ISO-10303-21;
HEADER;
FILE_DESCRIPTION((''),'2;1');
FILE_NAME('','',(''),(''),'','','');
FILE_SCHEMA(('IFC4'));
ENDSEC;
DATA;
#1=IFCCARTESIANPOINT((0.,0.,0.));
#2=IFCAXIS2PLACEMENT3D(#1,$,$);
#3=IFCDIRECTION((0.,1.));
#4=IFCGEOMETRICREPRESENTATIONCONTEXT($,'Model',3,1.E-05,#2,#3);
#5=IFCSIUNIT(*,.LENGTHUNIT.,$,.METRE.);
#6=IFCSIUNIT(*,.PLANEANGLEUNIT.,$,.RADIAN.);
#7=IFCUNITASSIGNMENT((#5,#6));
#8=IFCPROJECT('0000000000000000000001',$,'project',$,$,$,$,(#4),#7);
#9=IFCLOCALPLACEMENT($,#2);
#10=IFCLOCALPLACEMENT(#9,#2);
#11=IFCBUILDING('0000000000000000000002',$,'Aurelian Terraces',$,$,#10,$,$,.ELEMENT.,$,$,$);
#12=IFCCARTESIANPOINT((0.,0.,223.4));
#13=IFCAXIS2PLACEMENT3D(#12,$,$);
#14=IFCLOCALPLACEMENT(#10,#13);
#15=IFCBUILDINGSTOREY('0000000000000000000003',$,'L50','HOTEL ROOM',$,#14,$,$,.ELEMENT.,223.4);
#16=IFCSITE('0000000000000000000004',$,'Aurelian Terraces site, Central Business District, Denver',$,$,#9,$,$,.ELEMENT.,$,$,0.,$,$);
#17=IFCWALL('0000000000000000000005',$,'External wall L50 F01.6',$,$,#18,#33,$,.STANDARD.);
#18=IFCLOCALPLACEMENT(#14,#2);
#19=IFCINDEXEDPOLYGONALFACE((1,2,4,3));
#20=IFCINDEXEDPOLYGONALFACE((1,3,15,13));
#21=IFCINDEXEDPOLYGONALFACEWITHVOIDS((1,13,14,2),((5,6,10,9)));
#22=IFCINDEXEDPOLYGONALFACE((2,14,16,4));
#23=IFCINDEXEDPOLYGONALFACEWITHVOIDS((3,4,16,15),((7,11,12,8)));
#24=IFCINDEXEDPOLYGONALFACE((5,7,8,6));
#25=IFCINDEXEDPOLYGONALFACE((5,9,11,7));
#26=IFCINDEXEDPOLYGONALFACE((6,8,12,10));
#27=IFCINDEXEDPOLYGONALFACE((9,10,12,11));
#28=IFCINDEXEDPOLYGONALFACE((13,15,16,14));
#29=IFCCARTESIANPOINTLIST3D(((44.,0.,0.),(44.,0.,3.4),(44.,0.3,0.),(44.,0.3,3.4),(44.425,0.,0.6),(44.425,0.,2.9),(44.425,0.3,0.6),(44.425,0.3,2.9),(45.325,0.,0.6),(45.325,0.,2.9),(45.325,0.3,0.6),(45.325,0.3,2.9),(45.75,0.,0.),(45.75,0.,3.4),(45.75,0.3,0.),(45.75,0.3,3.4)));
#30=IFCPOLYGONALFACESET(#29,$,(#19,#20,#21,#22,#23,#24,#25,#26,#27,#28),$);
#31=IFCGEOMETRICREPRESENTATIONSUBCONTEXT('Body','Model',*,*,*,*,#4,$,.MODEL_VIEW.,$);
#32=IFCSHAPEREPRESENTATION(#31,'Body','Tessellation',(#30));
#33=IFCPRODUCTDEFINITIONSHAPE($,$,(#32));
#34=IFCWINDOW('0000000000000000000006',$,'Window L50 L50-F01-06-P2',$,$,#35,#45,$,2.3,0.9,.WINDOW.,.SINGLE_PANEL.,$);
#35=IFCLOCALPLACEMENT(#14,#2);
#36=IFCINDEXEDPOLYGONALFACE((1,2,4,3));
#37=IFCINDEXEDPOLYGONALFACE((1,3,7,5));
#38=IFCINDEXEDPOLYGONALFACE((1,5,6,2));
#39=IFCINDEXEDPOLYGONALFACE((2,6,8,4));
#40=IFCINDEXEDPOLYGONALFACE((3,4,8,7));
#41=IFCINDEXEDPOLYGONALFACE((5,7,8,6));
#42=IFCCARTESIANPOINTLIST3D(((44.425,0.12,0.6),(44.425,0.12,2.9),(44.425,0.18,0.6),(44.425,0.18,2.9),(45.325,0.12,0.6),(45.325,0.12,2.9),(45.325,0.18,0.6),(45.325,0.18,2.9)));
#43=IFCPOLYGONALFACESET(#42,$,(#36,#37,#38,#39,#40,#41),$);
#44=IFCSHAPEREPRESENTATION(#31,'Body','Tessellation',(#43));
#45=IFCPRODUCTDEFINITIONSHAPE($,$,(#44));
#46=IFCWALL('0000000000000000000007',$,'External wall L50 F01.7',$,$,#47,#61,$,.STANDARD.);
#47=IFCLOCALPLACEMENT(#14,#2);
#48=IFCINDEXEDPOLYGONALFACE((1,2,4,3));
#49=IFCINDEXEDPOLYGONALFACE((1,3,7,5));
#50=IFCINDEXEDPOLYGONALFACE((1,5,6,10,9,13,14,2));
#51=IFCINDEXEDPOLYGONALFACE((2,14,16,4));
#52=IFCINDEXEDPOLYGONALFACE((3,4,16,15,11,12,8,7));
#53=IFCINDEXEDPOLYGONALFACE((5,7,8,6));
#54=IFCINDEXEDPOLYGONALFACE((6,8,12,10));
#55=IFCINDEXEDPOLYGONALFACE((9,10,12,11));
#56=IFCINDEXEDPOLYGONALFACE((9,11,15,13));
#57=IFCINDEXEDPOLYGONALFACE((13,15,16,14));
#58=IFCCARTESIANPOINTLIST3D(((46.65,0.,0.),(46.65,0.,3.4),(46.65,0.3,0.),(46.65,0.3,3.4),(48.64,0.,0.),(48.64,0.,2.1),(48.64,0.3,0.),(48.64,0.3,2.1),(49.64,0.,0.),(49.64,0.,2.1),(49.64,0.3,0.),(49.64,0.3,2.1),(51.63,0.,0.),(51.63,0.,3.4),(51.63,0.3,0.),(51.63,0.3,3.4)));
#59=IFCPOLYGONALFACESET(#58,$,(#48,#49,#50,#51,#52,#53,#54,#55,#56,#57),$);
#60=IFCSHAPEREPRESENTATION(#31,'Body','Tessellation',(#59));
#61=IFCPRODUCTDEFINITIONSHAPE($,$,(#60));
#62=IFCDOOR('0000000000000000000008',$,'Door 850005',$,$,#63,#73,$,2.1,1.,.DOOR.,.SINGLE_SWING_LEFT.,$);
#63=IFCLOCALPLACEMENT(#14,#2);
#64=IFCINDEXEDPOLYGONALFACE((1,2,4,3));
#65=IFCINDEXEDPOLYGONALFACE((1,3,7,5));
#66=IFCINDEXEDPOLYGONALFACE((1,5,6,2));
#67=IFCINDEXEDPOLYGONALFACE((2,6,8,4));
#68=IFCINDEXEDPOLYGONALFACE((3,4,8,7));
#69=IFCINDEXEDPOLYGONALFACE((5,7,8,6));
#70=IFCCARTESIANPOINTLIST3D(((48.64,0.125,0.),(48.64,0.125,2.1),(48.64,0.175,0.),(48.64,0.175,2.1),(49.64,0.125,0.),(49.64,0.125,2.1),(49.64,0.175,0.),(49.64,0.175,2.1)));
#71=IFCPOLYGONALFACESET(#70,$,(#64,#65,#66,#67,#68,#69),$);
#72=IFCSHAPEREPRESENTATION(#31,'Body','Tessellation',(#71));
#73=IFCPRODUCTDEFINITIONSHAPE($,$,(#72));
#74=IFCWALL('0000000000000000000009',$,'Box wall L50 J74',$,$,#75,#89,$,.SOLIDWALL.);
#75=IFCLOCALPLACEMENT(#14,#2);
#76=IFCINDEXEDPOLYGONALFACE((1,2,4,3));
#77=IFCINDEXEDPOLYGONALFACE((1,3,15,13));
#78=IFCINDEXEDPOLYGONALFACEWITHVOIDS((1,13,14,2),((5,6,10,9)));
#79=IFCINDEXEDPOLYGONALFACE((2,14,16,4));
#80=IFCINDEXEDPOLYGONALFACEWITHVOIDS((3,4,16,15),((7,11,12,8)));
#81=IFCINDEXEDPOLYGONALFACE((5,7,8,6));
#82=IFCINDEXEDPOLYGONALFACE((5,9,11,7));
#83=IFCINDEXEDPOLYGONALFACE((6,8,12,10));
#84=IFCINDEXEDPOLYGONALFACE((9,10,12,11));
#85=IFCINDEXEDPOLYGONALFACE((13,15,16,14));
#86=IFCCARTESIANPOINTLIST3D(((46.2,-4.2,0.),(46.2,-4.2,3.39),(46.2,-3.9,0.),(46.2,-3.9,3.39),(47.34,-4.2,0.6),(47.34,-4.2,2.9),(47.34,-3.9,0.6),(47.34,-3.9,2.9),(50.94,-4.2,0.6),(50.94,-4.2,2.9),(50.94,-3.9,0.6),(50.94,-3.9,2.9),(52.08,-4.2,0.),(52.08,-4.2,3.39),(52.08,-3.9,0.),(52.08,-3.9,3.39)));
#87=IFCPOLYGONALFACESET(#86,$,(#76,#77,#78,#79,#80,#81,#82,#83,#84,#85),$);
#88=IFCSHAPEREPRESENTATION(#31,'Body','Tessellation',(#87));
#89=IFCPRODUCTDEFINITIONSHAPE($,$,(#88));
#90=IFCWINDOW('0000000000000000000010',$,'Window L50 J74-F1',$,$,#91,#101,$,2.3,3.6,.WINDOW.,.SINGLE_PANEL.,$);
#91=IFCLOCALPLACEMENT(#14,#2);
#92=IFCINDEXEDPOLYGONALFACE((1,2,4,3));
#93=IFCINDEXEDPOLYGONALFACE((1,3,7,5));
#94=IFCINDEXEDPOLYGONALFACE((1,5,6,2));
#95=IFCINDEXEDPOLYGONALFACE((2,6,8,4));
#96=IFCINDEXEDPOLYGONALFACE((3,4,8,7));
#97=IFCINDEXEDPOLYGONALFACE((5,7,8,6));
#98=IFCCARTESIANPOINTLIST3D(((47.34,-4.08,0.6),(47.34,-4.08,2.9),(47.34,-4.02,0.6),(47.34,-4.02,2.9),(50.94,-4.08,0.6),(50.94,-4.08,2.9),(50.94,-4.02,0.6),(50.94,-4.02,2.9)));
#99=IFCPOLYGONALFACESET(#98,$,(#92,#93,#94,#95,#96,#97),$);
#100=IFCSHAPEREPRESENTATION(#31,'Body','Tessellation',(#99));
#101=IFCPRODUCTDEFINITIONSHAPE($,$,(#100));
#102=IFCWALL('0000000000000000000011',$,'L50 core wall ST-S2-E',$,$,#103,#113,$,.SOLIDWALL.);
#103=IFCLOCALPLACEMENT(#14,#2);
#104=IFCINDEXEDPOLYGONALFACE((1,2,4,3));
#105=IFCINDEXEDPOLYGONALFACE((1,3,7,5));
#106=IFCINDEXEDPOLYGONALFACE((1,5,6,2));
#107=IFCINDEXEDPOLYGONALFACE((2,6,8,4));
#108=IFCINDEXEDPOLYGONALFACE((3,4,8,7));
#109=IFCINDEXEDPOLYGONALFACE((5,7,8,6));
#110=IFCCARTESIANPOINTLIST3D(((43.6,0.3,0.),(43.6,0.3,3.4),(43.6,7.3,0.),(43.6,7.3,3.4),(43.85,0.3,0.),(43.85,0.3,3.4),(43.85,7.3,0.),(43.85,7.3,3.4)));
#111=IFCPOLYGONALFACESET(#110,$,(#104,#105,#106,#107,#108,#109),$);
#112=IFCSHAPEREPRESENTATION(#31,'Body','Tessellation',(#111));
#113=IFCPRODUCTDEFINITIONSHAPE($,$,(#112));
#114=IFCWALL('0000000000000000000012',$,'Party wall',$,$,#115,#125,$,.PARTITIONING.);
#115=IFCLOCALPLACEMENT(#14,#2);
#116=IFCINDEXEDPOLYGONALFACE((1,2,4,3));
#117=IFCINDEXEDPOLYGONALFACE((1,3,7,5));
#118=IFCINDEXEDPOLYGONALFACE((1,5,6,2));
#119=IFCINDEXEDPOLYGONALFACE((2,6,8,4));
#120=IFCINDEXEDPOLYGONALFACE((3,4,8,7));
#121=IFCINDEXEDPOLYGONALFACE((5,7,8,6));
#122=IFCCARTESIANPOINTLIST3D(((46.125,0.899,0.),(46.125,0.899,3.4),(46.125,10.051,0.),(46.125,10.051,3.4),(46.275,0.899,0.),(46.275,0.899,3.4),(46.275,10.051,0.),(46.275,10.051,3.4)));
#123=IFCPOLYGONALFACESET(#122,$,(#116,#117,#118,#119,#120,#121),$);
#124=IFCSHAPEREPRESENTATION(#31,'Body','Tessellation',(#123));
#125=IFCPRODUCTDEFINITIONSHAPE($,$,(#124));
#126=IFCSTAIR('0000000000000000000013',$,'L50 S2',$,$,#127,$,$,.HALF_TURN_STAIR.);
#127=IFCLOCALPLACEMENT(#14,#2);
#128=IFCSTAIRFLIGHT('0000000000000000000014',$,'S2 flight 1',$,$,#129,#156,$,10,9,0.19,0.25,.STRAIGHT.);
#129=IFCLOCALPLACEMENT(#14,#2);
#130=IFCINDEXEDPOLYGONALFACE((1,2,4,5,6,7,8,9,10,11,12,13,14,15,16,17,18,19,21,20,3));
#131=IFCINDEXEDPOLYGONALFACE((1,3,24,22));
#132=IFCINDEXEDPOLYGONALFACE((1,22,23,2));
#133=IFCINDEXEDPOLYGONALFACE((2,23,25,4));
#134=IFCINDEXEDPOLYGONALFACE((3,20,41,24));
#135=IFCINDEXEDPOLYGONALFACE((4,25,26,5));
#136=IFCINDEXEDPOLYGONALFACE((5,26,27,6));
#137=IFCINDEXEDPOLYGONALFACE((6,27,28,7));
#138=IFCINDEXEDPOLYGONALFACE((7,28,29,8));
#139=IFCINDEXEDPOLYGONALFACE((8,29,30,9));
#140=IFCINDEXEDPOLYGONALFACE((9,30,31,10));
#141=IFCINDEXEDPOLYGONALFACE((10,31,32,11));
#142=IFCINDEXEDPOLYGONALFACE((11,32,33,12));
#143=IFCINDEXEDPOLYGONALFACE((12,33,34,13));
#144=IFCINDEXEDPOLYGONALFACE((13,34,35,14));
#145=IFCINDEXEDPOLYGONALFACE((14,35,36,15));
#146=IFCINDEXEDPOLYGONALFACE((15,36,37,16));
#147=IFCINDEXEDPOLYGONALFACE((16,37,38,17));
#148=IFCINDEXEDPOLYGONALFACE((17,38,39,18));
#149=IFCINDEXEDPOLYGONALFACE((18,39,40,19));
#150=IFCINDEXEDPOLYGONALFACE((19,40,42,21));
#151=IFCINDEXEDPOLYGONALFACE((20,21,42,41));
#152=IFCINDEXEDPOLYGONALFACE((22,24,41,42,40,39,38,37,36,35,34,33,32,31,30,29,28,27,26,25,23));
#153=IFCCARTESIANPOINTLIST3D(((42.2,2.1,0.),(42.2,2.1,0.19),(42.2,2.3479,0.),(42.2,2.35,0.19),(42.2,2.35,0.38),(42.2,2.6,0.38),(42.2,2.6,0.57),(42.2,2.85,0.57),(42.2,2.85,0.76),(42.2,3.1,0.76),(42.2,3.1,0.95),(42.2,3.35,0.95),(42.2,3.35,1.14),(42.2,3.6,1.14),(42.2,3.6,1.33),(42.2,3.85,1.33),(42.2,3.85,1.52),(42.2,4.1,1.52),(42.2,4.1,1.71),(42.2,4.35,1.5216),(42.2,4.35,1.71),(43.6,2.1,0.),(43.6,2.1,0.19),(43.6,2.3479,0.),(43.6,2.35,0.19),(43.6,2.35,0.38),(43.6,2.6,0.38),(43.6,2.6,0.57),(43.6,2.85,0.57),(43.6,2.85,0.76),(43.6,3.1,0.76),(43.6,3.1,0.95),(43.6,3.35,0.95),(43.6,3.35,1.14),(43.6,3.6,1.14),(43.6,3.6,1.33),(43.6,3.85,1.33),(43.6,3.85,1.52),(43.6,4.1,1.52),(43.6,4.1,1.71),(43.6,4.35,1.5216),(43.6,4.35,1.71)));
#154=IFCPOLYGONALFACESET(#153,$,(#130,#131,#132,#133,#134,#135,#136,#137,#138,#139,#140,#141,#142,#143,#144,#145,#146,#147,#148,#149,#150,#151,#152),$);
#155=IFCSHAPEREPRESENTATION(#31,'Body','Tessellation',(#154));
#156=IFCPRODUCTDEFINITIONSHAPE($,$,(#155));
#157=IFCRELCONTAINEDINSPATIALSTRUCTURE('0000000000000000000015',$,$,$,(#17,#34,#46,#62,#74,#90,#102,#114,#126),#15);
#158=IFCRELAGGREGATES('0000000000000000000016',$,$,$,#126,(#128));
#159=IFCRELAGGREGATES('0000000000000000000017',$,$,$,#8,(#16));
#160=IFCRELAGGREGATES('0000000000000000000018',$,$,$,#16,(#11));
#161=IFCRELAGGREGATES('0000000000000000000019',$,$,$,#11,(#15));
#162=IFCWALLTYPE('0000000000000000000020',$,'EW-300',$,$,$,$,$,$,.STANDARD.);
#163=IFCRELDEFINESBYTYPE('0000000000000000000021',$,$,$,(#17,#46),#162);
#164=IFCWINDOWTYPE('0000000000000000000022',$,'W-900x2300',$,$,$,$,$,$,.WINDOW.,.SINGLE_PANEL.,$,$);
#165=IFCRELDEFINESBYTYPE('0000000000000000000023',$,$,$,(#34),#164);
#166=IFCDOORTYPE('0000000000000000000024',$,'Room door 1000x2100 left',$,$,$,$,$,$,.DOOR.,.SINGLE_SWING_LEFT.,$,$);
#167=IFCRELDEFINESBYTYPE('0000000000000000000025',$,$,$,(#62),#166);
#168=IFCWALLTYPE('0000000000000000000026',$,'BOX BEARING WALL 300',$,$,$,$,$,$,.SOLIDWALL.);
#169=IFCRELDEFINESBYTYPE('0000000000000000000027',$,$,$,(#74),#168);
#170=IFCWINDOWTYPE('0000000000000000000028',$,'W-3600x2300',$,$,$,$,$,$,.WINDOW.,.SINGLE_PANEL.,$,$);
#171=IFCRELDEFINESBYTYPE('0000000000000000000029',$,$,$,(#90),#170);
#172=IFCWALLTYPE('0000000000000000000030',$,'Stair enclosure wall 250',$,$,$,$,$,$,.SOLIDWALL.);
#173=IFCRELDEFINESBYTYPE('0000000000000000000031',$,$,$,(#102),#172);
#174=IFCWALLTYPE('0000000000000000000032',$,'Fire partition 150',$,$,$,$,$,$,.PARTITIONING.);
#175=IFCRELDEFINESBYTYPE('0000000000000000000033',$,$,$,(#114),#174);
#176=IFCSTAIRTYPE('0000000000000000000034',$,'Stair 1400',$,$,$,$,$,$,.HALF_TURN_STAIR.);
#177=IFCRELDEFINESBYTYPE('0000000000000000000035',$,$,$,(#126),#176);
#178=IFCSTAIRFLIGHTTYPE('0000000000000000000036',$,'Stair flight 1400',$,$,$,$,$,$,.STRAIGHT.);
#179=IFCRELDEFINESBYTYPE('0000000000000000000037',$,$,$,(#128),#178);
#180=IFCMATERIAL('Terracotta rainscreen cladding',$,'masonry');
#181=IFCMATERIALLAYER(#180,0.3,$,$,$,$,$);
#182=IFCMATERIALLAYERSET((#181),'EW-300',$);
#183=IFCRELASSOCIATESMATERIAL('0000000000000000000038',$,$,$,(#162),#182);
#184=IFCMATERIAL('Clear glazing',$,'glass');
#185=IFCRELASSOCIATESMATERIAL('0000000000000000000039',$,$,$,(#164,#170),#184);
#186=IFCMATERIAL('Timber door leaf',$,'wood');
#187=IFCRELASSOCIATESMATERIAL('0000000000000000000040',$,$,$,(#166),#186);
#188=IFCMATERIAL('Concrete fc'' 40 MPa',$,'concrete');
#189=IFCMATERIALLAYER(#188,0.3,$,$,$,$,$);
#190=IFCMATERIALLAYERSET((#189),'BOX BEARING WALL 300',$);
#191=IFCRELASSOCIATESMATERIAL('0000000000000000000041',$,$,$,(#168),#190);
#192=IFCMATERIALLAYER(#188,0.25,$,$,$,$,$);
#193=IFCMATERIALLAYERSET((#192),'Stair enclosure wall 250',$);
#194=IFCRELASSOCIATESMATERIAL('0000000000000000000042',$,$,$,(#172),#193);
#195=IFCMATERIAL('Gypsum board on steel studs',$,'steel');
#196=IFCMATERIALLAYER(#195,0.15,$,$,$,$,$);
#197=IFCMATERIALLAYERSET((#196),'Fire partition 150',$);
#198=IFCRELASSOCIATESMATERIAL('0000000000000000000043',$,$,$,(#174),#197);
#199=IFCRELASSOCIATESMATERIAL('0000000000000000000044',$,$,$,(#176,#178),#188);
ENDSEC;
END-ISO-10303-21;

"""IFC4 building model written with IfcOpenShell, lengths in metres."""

from ifc_helpers import new_model, si_unit, direction, frame, frame_2d, origin, place, context, subcontext, project, spatial, polyline, rectangle, outline, extrude, source, transform, mapped, material, layer, layer_set, type_object, element, fill, aggregate, save


model = new_model("IFC4")

# Units and contexts
model_context = context("Model", 3, precision=1e-05, world=origin(), true_north=direction((0.0, 1.0)))
body_context = subcontext(model_context, "Body", "Model", "MODEL_VIEW")
ifc_project = project(units=[si_unit("LENGTHUNIT", "METRE"), si_unit("PLANEANGLEUNIT", "RADIAN")], contexts=[model_context])

# Site, building, storey
site_placement = place(None, origin())
site = spatial("IfcSite", under=ifc_project, at=site_placement, Name="Aurelian Terraces site, Central Business District, Denver", CompositionType="ELEMENT", RefElevation=0.0)
building_placement = place(site_placement, origin())
building = spatial("IfcBuilding", under=site, at=building_placement, Name="Aurelian Terraces", CompositionType="ELEMENT")
storey_placement = place(building_placement, frame((0.0, 0.0, 223.4)))
storey = spatial("IfcBuildingStorey", under=building, at=storey_placement, Name="L50", Description="HOTEL ROOM", CompositionType="ELEMENT", Elevation=223.4)

# Wall, opening, window
ifc_material_1 = material(Name="Terracotta rainscreen cladding", Category="masonry")
ifc_layer_1 = layer(ifc_material_1, 0.3)
ifc_layer_set_1 = layer_set([ifc_layer_1], Name="EW-300")
wall_type_1 = type_object("IfcWallType", Name="EW-300", PredefinedType="STANDARD", material=ifc_layer_set_1)
ifc_material_2 = material(Name="Clear glazing", Category="glass")
ifc_material_3 = material(Name="Concrete fc' 40 MPa", Category="concrete")
shared_shape_1 = source(origin(), body_context, "Body", "SweptSolid", [
    extrude(rectangle(XDim=1.75, YDim=0.3, at=frame_2d((0.875, 0.0))), origin(), (0.0, 0.0, 1.0), 3.4),
])
wall_1_placement = place(storey_placement, frame((44.0, 0.15, 0.0), z_axis=(0.0, 0.0, 1.0), x_axis=(1.0, 0.0, 0.0)))
wall_1 = element("IfcWall", 1, at=wall_1_placement, inside=storey, type_object=wall_type_1, Name="External wall L50 F01.6", PredefinedType="STANDARD", context=body_context, shape_type="MappedRepresentation", body=[
    mapped(shared_shape_1, transform((0.0, 0.0, 0.0), scale=1.0)),
])
shared_shape_2 = source(origin(), body_context, "Body", "SweptSolid", [
    extrude(rectangle(XDim=0.9, YDim=2.3, at=frame_2d((0.45, 1.15))), frame((0.0, 0.16, 0.0), z_axis=(0.0, -1.0, 0.0), x_axis=(1.0, 0.0, 0.0)), (0.0, 0.0, 1.0), 0.32),
])
opening_1_placement = place(wall_1_placement, frame((0.425, 0.0, 0.6)))
opening_1 = element("IfcOpeningElement", 2, at=opening_1_placement, cuts=wall_1, PredefinedType="OPENING", context=body_context, shape_type="MappedRepresentation", body=[
    mapped(shared_shape_2, transform((0.0, 0.0, 0.0), scale=1.0)),
])
window_type_1 = type_object("IfcWindowType", Name="W-900x2300", PartitioningType="SINGLE_PANEL", PredefinedType="WINDOW", material=ifc_material_2)
shared_shape_3 = source(origin(), body_context, "Body", "SweptSolid", [
    extrude(rectangle(XDim=0.9, YDim=2.3, at=frame_2d((0.45, 1.15))), frame((0.0, 0.03, 0.0), z_axis=(0.0, -1.0, 0.0), x_axis=(1.0, 0.0, 0.0)), (0.0, 0.0, 1.0), 0.06),
])
window_1_placement = place(opening_1_placement, origin())
window_1 = element("IfcWindow", 3, at=window_1_placement, inside=storey, type_object=window_type_1, Name="Window L50 L50-F01-06-P2", OverallHeight=2.3, OverallWidth=0.9, PartitioningType="SINGLE_PANEL", PredefinedType="WINDOW", context=body_context, shape_type="MappedRepresentation", body=[
    mapped(shared_shape_3, transform((0.0, 0.0, 0.0), scale=1.0)),
])
fill(opening_1, window_1)

# Wall, opening, door
shared_shape_4 = source(origin(), body_context, "Body", "SweptSolid", [
    extrude(rectangle(XDim=4.98, YDim=0.3, at=frame_2d((2.49, 0.0))), origin(), (0.0, 0.0, 1.0), 3.4),
])
wall_2_placement = place(storey_placement, frame((46.65, 0.15, 0.0), z_axis=(0.0, 0.0, 1.0), x_axis=(1.0, 0.0, 0.0)))
wall_2 = element("IfcWall", 4, at=wall_2_placement, inside=storey, type_object=wall_type_1, Name="External wall L50 F01.7", PredefinedType="STANDARD", context=body_context, shape_type="MappedRepresentation", body=[
    mapped(shared_shape_4, transform((0.0, 0.0, 0.0), scale=1.0)),
])
shared_shape_5 = source(origin(), body_context, "Body", "SweptSolid", [
    extrude(rectangle(XDim=1.0, YDim=2.1, at=frame_2d((0.5, 1.05))), frame((0.0, 0.16, 0.0), z_axis=(0.0, -1.0, 0.0), x_axis=(1.0, 0.0, 0.0)), (0.0, 0.0, 1.0), 0.32),
])
opening_2_placement = place(wall_2_placement, frame((1.99, 0.0, 0.0)))
opening_2 = element("IfcOpeningElement", 5, at=opening_2_placement, cuts=wall_2, PredefinedType="OPENING", context=body_context, shape_type="MappedRepresentation", body=[
    mapped(shared_shape_5, transform((0.0, 0.0, 0.0), scale=1.0)),
])
ifc_material_4 = material(Name="Timber door leaf", Category="wood")
door_type = type_object("IfcDoorType", Name="Room door 1000x2100 left", OperationType="SINGLE_SWING_LEFT", PredefinedType="DOOR", material=ifc_material_4)
shared_shape_6 = source(origin(), body_context, "Body", "SweptSolid", [
    extrude(rectangle(XDim=1.0, YDim=2.1, at=frame_2d((0.5, 1.05))), frame((0.0, 0.025, 0.0), z_axis=(0.0, -1.0, 0.0), x_axis=(1.0, 0.0, 0.0)), (0.0, 0.0, 1.0), 0.05),
])
door_placement = place(opening_2_placement, origin())
door = element("IfcDoor", 6, at=door_placement, inside=storey, type_object=door_type, Name="Door 850005", OperationType="SINGLE_SWING_LEFT", OverallHeight=2.1, OverallWidth=1.0, PredefinedType="DOOR", context=body_context, shape_type="MappedRepresentation", body=[
    mapped(shared_shape_6, transform((0.0, 0.0, 0.0), scale=1.0)),
])
fill(opening_2, door)

# Wall, opening, window
ifc_layer_2 = layer(ifc_material_3, 0.3)
ifc_layer_set_2 = layer_set([ifc_layer_2], Name="BOX BEARING WALL 300")
wall_type_2 = type_object("IfcWallType", Name="BOX BEARING WALL 300", PredefinedType="SOLIDWALL", material=ifc_layer_set_2)
shared_shape_7 = source(origin(), body_context, "Body", "SweptSolid", [
    extrude(rectangle(XDim=5.88, YDim=0.3, at=frame_2d((2.94, 0.0))), origin(), (0.0, 0.0, 1.0), 3.39),
])
wall_3_placement = place(storey_placement, frame((46.2, -4.05, 0.0), z_axis=(0.0, 0.0, 1.0), x_axis=(1.0, 0.0, 0.0)))
wall_3 = element("IfcWall", 7, at=wall_3_placement, inside=storey, type_object=wall_type_2, Name="Box wall L50 J74", PredefinedType="SOLIDWALL", context=body_context, shape_type="MappedRepresentation", body=[
    mapped(shared_shape_7, transform((0.0, 0.0, 0.0), scale=1.0)),
])
shared_shape_8 = source(origin(), body_context, "Body", "SweptSolid", [
    extrude(rectangle(XDim=3.6, YDim=2.3, at=frame_2d((1.8, 1.15))), frame((0.0, 0.16, 0.0), z_axis=(0.0, -1.0, 0.0), x_axis=(1.0, 0.0, 0.0)), (0.0, 0.0, 1.0), 0.32),
])
opening_3_placement = place(wall_3_placement, frame((1.14, 0.0, 0.6)))
opening_3 = element("IfcOpeningElement", 8, at=opening_3_placement, cuts=wall_3, PredefinedType="OPENING", context=body_context, shape_type="MappedRepresentation", body=[
    mapped(shared_shape_8, transform((0.0, 0.0, 0.0), scale=1.0)),
])
window_type_2 = type_object("IfcWindowType", Name="W-3600x2300", PartitioningType="SINGLE_PANEL", PredefinedType="WINDOW", material=ifc_material_2)
shared_shape_9 = source(origin(), body_context, "Body", "SweptSolid", [
    extrude(rectangle(XDim=3.6, YDim=2.3, at=frame_2d((1.8, 1.15))), frame((0.0, 0.03, 0.0), z_axis=(0.0, -1.0, 0.0), x_axis=(1.0, 0.0, 0.0)), (0.0, 0.0, 1.0), 0.06),
])
window_2_placement = place(opening_3_placement, origin())
window_2 = element("IfcWindow", 9, at=window_2_placement, inside=storey, type_object=window_type_2, Name="Window L50 J74-F1", OverallHeight=2.3, OverallWidth=3.6, PartitioningType="SINGLE_PANEL", PredefinedType="WINDOW", context=body_context, shape_type="MappedRepresentation", body=[
    mapped(shared_shape_9, transform((0.0, 0.0, 0.0), scale=1.0)),
])
fill(opening_3, window_2)

# Walls
ifc_layer_3 = layer(ifc_material_3, 0.25)
ifc_layer_set_3 = layer_set([ifc_layer_3], Name="Stair enclosure wall 250")
wall_type_3 = type_object("IfcWallType", Name="Stair enclosure wall 250", PredefinedType="SOLIDWALL", material=ifc_layer_set_3)
shared_shape_10 = source(origin(), body_context, "Body", "SweptSolid", [
    extrude(rectangle(XDim=7.0, YDim=0.25, at=frame_2d((3.5, 0.0))), origin(), (0.0, 0.0, 1.0), 3.4),
])
wall_4_placement = place(storey_placement, frame((43.725, 0.3, 0.0), z_axis=(0.0, 0.0, 1.0), x_axis=(0.0, 1.0, 0.0)))
element("IfcWall", 10, at=wall_4_placement, inside=storey, type_object=wall_type_3, Name="L50 core wall ST-S2-E", PredefinedType="SOLIDWALL", context=body_context, shape_type="MappedRepresentation", body=[
    mapped(shared_shape_10, transform((0.0, 0.0, 0.0), scale=1.0)),
])
ifc_material_5 = material(Name="Gypsum board on steel studs", Category="steel")
ifc_layer_4 = layer(ifc_material_5, 0.15)
ifc_layer_set_4 = layer_set([ifc_layer_4], Name="Fire partition 150")
wall_type_4 = type_object("IfcWallType", Name="Fire partition 150", PredefinedType="PARTITIONING", material=ifc_layer_set_4)
shared_shape_11 = source(origin(), body_context, "Body", "SweptSolid", [
    extrude(rectangle(XDim=9.152, YDim=0.15, at=frame_2d((4.576, 0.0))), origin(), (0.0, 0.0, 1.0), 3.4),
])
wall_5_placement = place(storey_placement, frame((46.2, 0.899, 0.0), z_axis=(0.0, 0.0, 1.0), x_axis=(0.0, 1.0, 0.0)))
element("IfcWall", 11, at=wall_5_placement, inside=storey, type_object=wall_type_4, Name="Party wall", PredefinedType="PARTITIONING", context=body_context, shape_type="MappedRepresentation", body=[
    mapped(shared_shape_11, transform((0.0, 0.0, 0.0), scale=1.0)),
])

# Stair, stair flight
stair_type = type_object("IfcStairType", Name="Stair 1400", PredefinedType="HALF_TURN_STAIR", material=ifc_material_3)
stair_placement = place(storey_placement, origin())
stair = element("IfcStair", 12, at=stair_placement, inside=storey, type_object=stair_type, Name="L50 S2", PredefinedType="HALF_TURN_STAIR")
stair_flight_type = type_object("IfcStairFlightType", Name="Stair flight 1400", PredefinedType="STRAIGHT", material=ifc_material_3)
shared_shape_12 = source(origin(), body_context, "Body", "SweptSolid", [
    extrude(outline(polyline([(0.0, 0.0), (0.0, 0.19), (0.25, 0.19), (0.25, 0.38), (0.5, 0.38), (0.5, 0.57), (0.75, 0.57), (0.75, 0.76), (1.0, 0.76), (1.0, 0.95), (1.25, 0.95), (1.25, 1.14), (1.5, 1.14), (1.5, 1.33), (1.75, 1.33), (1.75, 1.52), (2.0, 1.52), (2.0, 1.71), (2.25, 1.71), (2.25, 1.9), (2.25, 1.5216), (0.2479, 0.0), (0.0, 0.0)])), frame((0.0, 0.7, 0.0), z_axis=(0.0, -1.0, 0.0), x_axis=(1.0, 0.0, 0.0)), (0.0, 0.0, 1.0), 1.4),
])
stair_flight_placement = place(storey_placement, frame((42.9, 2.1, 0.0), z_axis=(0.0, 0.0, 1.0), x_axis=(0.0, 1.0, 0.0)))
stair_flight = element("IfcStairFlight", 13, at=stair_flight_placement, type_object=stair_flight_type, Name="S2 flight 1", NumberOfRisers=10, NumberOfTreads=9, PredefinedType="STRAIGHT", RiserHeight=0.19, TreadLength=0.25, context=body_context, shape_type="MappedRepresentation", body=[
    mapped(shared_shape_12, transform((0.0, 0.0, 0.0), scale=1.0)),
])
aggregate(stair, [stair_flight])

save(model, "model.ifc")
